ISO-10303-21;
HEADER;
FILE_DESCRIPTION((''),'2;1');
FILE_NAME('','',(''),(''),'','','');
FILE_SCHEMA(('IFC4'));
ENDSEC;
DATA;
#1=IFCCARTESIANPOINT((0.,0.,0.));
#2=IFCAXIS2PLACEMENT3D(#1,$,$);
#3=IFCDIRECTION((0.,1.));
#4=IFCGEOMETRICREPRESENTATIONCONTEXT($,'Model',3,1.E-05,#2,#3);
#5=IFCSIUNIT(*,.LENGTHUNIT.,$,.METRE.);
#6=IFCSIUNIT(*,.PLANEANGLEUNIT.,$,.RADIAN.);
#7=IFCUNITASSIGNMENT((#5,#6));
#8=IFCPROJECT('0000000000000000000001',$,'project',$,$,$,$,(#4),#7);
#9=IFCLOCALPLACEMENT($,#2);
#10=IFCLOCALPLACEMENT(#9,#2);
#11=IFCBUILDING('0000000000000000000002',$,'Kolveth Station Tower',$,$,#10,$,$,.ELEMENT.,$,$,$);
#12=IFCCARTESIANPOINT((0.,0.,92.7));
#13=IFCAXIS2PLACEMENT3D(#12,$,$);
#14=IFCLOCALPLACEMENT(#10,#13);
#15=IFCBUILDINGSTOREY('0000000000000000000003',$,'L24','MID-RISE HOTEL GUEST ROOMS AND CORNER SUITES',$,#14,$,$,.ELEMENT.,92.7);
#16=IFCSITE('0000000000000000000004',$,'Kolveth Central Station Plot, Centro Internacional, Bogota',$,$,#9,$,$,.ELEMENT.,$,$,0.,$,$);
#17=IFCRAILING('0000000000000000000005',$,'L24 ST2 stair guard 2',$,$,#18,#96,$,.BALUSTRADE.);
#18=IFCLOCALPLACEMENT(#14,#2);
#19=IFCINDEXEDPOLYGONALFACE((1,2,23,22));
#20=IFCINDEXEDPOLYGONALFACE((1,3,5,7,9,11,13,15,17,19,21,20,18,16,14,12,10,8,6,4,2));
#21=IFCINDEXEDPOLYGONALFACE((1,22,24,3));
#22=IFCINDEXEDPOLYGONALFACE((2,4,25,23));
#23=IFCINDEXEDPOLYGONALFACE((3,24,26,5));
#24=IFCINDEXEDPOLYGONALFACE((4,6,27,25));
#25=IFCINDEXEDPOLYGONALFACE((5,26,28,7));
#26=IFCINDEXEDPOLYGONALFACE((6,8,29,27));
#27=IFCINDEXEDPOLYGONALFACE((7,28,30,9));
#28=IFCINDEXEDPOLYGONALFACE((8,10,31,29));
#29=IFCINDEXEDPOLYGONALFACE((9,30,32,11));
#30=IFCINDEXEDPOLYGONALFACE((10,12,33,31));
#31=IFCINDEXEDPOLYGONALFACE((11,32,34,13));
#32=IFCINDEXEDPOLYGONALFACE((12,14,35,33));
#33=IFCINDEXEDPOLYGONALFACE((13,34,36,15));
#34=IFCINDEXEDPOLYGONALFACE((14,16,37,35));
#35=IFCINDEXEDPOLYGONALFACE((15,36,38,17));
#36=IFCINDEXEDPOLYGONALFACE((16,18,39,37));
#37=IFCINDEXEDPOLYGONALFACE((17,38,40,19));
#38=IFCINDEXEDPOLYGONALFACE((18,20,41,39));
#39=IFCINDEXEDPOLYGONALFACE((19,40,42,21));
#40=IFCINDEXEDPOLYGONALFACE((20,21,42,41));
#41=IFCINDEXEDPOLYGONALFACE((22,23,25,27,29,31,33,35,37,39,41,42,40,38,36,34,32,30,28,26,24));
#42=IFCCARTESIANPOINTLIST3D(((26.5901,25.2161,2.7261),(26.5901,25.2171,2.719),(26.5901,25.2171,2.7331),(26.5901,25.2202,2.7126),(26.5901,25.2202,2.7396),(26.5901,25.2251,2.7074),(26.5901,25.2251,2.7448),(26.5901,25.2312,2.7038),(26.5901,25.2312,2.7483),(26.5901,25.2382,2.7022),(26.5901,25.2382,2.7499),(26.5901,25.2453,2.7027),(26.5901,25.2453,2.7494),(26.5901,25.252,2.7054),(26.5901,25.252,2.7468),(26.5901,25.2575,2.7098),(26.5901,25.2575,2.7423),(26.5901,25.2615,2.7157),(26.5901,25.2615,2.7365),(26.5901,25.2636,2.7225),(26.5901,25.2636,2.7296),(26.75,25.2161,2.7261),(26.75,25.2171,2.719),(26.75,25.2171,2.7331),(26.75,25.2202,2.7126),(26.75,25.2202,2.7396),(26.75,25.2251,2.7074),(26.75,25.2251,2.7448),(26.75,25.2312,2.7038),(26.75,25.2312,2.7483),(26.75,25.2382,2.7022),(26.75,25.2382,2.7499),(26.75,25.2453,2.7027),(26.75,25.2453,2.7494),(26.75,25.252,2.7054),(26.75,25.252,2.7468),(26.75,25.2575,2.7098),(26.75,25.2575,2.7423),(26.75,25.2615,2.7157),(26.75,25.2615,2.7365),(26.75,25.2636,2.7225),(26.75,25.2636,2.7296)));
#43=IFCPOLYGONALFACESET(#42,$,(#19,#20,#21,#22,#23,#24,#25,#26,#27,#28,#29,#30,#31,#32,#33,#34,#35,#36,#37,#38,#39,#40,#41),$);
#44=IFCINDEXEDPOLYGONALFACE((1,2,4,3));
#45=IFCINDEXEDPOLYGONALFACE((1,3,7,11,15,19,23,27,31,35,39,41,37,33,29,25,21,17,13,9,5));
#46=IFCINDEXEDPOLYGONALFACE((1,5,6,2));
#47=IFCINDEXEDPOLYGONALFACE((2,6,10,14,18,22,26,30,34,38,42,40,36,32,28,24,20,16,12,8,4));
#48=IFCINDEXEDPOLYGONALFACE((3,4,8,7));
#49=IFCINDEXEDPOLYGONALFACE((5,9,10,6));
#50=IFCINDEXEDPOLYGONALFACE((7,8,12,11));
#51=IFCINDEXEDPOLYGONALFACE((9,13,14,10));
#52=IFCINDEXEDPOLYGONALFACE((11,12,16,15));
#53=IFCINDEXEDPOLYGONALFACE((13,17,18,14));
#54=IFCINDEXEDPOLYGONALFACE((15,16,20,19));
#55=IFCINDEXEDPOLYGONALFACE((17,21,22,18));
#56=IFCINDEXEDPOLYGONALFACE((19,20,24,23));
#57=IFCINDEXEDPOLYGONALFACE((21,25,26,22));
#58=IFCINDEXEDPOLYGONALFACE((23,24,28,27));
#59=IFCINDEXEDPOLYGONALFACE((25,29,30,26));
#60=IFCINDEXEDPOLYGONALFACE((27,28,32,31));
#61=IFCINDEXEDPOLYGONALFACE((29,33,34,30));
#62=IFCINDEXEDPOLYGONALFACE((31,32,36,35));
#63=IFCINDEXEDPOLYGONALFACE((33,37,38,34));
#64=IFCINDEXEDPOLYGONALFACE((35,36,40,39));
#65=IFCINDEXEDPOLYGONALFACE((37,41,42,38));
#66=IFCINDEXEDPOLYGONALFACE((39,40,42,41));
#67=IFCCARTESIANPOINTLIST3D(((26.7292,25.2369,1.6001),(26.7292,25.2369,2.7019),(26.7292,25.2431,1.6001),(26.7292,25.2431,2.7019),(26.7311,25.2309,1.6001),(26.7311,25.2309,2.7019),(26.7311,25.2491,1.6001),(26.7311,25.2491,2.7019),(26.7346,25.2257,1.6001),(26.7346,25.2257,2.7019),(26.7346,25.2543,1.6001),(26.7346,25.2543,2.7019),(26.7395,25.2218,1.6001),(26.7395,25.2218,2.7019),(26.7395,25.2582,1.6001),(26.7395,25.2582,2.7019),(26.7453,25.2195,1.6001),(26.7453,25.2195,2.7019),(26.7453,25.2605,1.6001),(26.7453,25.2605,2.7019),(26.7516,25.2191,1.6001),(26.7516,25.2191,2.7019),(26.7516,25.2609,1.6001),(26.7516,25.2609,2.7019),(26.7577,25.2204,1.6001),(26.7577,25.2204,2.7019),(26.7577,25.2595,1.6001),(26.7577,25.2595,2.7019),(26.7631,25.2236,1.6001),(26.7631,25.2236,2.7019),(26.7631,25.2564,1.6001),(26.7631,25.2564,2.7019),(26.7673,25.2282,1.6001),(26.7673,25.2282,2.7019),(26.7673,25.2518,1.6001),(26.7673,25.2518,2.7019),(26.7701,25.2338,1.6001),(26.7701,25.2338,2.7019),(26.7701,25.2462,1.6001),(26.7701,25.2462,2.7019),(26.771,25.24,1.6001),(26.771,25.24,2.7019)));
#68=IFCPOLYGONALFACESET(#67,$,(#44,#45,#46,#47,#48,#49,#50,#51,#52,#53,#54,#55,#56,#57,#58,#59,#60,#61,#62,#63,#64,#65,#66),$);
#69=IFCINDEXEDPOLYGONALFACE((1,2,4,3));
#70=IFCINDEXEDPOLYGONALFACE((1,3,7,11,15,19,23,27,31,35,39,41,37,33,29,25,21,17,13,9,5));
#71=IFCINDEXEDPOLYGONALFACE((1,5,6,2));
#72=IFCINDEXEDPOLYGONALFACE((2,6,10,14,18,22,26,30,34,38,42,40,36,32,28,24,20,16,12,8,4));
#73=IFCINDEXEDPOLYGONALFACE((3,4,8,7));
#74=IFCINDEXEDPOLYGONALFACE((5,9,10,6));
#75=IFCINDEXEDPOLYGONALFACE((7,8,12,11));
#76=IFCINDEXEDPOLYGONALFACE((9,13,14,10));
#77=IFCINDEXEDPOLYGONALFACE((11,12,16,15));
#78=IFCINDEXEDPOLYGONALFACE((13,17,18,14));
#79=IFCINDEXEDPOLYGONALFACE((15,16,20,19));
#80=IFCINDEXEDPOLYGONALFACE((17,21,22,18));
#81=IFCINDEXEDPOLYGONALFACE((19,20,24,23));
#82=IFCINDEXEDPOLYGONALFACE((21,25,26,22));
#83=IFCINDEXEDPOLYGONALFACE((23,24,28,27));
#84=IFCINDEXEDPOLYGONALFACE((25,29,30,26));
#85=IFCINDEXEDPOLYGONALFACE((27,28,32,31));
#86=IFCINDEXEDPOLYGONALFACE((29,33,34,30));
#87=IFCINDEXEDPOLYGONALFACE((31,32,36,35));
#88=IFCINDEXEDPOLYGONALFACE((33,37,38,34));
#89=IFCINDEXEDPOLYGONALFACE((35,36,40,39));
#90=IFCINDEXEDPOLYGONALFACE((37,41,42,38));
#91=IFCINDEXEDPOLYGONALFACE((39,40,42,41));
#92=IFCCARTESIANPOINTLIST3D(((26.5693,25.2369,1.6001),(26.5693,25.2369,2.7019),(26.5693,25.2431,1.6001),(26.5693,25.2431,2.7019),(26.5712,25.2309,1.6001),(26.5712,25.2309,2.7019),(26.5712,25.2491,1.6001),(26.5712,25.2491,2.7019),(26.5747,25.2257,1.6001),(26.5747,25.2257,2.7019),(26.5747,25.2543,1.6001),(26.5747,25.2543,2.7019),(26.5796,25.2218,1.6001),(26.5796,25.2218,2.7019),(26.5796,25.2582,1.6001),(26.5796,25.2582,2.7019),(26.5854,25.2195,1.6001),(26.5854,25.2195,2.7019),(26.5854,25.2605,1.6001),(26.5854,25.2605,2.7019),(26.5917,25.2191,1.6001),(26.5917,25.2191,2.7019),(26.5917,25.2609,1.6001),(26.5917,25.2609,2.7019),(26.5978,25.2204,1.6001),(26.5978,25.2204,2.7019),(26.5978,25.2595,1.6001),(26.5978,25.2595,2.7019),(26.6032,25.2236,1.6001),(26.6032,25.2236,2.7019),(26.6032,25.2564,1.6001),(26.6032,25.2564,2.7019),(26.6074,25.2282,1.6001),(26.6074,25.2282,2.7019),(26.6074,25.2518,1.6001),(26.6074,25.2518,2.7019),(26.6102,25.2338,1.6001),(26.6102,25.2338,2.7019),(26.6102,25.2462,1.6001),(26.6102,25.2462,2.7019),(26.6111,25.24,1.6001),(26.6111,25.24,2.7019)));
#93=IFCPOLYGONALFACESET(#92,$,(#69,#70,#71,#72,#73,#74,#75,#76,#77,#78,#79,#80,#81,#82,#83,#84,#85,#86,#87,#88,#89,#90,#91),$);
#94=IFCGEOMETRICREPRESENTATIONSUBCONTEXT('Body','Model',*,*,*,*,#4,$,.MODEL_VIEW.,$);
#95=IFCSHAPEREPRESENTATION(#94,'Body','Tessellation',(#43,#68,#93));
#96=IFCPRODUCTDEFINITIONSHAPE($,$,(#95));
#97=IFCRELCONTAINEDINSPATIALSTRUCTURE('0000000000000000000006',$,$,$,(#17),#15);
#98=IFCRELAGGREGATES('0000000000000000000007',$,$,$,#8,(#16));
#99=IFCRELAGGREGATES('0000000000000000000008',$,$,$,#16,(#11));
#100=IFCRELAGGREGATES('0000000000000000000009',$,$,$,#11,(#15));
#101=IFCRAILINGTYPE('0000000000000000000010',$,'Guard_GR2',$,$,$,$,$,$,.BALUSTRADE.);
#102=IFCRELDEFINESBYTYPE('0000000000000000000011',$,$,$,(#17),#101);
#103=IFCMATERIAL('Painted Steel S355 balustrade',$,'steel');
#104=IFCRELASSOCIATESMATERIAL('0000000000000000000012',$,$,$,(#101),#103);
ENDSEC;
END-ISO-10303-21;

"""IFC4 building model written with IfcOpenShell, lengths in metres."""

from ifc_helpers import new_model, si_unit, direction, frame, origin, origin_2d, place, context, subcontext, project, spatial, circle, extrude, material, type_object, element, save


model = new_model("IFC4")

# Units and contexts
model_context = context("Model", 3, precision=1e-05, world=origin(), true_north=direction((0.0, 1.0)))
body_context = subcontext(model_context, "Body", "Model", "MODEL_VIEW")
ifc_project = project(units=[si_unit("LENGTHUNIT", "METRE"), si_unit("PLANEANGLEUNIT", "RADIAN")], contexts=[model_context])

# Site, building, storey
site_placement = place(None, origin())
site = spatial("IfcSite", under=ifc_project, at=site_placement, Name="Kolveth Central Station Plot, Centro Internacional, Bogota", CompositionType="ELEMENT", RefElevation=0.0)
building_placement = place(site_placement, origin())
building = spatial("IfcBuilding", under=site, at=building_placement, Name="Kolveth Station Tower", CompositionType="ELEMENT")
storey_placement = place(building_placement, frame((0.0, 0.0, 92.7)))
storey = spatial("IfcBuildingStorey", under=building, at=storey_placement, Name="L24", Description="MID-RISE HOTEL GUEST ROOMS AND CORNER SUITES", CompositionType="ELEMENT", Elevation=92.7)

# Railing
ifc_material_1 = material(Name="Painted Steel S355 balustrade", Category="steel")
railing_type_1 = type_object("IfcRailingType", Name="Guard_GR2", PredefinedType="BALUSTRADE", material=ifc_material_1)
railing_1_placement = place(storey_placement, frame((26.75, 25.24, 1.6001)))
element("IfcRailing", 1, at=railing_1_placement, inside=storey, type_object=railing_type_1, Name="L24 ST2 stair guard 2", PredefinedType="BALUSTRADE", context=body_context, shape_type="SweptSolid", body=[
    extrude(circle(Radius=0.0239, at=origin_2d()), frame((0.0, 0.0, 1.126), z_axis=(-1.0, 0.0, 0.0), x_axis=(0.0, -1.0, 0.0)), (0.0, 0.0, 1.0), 0.1599),
    extrude(circle(Radius=0.021, at=origin_2d()), origin(), (0.0, 0.0, 1.0), 1.1018),
    extrude(circle(Radius=0.021, at=origin_2d()), frame((-0.1599, 0.0, 0.0)), (0.0, 0.0, 1.0), 1.1018),
])

save(model, "model.ifc")
